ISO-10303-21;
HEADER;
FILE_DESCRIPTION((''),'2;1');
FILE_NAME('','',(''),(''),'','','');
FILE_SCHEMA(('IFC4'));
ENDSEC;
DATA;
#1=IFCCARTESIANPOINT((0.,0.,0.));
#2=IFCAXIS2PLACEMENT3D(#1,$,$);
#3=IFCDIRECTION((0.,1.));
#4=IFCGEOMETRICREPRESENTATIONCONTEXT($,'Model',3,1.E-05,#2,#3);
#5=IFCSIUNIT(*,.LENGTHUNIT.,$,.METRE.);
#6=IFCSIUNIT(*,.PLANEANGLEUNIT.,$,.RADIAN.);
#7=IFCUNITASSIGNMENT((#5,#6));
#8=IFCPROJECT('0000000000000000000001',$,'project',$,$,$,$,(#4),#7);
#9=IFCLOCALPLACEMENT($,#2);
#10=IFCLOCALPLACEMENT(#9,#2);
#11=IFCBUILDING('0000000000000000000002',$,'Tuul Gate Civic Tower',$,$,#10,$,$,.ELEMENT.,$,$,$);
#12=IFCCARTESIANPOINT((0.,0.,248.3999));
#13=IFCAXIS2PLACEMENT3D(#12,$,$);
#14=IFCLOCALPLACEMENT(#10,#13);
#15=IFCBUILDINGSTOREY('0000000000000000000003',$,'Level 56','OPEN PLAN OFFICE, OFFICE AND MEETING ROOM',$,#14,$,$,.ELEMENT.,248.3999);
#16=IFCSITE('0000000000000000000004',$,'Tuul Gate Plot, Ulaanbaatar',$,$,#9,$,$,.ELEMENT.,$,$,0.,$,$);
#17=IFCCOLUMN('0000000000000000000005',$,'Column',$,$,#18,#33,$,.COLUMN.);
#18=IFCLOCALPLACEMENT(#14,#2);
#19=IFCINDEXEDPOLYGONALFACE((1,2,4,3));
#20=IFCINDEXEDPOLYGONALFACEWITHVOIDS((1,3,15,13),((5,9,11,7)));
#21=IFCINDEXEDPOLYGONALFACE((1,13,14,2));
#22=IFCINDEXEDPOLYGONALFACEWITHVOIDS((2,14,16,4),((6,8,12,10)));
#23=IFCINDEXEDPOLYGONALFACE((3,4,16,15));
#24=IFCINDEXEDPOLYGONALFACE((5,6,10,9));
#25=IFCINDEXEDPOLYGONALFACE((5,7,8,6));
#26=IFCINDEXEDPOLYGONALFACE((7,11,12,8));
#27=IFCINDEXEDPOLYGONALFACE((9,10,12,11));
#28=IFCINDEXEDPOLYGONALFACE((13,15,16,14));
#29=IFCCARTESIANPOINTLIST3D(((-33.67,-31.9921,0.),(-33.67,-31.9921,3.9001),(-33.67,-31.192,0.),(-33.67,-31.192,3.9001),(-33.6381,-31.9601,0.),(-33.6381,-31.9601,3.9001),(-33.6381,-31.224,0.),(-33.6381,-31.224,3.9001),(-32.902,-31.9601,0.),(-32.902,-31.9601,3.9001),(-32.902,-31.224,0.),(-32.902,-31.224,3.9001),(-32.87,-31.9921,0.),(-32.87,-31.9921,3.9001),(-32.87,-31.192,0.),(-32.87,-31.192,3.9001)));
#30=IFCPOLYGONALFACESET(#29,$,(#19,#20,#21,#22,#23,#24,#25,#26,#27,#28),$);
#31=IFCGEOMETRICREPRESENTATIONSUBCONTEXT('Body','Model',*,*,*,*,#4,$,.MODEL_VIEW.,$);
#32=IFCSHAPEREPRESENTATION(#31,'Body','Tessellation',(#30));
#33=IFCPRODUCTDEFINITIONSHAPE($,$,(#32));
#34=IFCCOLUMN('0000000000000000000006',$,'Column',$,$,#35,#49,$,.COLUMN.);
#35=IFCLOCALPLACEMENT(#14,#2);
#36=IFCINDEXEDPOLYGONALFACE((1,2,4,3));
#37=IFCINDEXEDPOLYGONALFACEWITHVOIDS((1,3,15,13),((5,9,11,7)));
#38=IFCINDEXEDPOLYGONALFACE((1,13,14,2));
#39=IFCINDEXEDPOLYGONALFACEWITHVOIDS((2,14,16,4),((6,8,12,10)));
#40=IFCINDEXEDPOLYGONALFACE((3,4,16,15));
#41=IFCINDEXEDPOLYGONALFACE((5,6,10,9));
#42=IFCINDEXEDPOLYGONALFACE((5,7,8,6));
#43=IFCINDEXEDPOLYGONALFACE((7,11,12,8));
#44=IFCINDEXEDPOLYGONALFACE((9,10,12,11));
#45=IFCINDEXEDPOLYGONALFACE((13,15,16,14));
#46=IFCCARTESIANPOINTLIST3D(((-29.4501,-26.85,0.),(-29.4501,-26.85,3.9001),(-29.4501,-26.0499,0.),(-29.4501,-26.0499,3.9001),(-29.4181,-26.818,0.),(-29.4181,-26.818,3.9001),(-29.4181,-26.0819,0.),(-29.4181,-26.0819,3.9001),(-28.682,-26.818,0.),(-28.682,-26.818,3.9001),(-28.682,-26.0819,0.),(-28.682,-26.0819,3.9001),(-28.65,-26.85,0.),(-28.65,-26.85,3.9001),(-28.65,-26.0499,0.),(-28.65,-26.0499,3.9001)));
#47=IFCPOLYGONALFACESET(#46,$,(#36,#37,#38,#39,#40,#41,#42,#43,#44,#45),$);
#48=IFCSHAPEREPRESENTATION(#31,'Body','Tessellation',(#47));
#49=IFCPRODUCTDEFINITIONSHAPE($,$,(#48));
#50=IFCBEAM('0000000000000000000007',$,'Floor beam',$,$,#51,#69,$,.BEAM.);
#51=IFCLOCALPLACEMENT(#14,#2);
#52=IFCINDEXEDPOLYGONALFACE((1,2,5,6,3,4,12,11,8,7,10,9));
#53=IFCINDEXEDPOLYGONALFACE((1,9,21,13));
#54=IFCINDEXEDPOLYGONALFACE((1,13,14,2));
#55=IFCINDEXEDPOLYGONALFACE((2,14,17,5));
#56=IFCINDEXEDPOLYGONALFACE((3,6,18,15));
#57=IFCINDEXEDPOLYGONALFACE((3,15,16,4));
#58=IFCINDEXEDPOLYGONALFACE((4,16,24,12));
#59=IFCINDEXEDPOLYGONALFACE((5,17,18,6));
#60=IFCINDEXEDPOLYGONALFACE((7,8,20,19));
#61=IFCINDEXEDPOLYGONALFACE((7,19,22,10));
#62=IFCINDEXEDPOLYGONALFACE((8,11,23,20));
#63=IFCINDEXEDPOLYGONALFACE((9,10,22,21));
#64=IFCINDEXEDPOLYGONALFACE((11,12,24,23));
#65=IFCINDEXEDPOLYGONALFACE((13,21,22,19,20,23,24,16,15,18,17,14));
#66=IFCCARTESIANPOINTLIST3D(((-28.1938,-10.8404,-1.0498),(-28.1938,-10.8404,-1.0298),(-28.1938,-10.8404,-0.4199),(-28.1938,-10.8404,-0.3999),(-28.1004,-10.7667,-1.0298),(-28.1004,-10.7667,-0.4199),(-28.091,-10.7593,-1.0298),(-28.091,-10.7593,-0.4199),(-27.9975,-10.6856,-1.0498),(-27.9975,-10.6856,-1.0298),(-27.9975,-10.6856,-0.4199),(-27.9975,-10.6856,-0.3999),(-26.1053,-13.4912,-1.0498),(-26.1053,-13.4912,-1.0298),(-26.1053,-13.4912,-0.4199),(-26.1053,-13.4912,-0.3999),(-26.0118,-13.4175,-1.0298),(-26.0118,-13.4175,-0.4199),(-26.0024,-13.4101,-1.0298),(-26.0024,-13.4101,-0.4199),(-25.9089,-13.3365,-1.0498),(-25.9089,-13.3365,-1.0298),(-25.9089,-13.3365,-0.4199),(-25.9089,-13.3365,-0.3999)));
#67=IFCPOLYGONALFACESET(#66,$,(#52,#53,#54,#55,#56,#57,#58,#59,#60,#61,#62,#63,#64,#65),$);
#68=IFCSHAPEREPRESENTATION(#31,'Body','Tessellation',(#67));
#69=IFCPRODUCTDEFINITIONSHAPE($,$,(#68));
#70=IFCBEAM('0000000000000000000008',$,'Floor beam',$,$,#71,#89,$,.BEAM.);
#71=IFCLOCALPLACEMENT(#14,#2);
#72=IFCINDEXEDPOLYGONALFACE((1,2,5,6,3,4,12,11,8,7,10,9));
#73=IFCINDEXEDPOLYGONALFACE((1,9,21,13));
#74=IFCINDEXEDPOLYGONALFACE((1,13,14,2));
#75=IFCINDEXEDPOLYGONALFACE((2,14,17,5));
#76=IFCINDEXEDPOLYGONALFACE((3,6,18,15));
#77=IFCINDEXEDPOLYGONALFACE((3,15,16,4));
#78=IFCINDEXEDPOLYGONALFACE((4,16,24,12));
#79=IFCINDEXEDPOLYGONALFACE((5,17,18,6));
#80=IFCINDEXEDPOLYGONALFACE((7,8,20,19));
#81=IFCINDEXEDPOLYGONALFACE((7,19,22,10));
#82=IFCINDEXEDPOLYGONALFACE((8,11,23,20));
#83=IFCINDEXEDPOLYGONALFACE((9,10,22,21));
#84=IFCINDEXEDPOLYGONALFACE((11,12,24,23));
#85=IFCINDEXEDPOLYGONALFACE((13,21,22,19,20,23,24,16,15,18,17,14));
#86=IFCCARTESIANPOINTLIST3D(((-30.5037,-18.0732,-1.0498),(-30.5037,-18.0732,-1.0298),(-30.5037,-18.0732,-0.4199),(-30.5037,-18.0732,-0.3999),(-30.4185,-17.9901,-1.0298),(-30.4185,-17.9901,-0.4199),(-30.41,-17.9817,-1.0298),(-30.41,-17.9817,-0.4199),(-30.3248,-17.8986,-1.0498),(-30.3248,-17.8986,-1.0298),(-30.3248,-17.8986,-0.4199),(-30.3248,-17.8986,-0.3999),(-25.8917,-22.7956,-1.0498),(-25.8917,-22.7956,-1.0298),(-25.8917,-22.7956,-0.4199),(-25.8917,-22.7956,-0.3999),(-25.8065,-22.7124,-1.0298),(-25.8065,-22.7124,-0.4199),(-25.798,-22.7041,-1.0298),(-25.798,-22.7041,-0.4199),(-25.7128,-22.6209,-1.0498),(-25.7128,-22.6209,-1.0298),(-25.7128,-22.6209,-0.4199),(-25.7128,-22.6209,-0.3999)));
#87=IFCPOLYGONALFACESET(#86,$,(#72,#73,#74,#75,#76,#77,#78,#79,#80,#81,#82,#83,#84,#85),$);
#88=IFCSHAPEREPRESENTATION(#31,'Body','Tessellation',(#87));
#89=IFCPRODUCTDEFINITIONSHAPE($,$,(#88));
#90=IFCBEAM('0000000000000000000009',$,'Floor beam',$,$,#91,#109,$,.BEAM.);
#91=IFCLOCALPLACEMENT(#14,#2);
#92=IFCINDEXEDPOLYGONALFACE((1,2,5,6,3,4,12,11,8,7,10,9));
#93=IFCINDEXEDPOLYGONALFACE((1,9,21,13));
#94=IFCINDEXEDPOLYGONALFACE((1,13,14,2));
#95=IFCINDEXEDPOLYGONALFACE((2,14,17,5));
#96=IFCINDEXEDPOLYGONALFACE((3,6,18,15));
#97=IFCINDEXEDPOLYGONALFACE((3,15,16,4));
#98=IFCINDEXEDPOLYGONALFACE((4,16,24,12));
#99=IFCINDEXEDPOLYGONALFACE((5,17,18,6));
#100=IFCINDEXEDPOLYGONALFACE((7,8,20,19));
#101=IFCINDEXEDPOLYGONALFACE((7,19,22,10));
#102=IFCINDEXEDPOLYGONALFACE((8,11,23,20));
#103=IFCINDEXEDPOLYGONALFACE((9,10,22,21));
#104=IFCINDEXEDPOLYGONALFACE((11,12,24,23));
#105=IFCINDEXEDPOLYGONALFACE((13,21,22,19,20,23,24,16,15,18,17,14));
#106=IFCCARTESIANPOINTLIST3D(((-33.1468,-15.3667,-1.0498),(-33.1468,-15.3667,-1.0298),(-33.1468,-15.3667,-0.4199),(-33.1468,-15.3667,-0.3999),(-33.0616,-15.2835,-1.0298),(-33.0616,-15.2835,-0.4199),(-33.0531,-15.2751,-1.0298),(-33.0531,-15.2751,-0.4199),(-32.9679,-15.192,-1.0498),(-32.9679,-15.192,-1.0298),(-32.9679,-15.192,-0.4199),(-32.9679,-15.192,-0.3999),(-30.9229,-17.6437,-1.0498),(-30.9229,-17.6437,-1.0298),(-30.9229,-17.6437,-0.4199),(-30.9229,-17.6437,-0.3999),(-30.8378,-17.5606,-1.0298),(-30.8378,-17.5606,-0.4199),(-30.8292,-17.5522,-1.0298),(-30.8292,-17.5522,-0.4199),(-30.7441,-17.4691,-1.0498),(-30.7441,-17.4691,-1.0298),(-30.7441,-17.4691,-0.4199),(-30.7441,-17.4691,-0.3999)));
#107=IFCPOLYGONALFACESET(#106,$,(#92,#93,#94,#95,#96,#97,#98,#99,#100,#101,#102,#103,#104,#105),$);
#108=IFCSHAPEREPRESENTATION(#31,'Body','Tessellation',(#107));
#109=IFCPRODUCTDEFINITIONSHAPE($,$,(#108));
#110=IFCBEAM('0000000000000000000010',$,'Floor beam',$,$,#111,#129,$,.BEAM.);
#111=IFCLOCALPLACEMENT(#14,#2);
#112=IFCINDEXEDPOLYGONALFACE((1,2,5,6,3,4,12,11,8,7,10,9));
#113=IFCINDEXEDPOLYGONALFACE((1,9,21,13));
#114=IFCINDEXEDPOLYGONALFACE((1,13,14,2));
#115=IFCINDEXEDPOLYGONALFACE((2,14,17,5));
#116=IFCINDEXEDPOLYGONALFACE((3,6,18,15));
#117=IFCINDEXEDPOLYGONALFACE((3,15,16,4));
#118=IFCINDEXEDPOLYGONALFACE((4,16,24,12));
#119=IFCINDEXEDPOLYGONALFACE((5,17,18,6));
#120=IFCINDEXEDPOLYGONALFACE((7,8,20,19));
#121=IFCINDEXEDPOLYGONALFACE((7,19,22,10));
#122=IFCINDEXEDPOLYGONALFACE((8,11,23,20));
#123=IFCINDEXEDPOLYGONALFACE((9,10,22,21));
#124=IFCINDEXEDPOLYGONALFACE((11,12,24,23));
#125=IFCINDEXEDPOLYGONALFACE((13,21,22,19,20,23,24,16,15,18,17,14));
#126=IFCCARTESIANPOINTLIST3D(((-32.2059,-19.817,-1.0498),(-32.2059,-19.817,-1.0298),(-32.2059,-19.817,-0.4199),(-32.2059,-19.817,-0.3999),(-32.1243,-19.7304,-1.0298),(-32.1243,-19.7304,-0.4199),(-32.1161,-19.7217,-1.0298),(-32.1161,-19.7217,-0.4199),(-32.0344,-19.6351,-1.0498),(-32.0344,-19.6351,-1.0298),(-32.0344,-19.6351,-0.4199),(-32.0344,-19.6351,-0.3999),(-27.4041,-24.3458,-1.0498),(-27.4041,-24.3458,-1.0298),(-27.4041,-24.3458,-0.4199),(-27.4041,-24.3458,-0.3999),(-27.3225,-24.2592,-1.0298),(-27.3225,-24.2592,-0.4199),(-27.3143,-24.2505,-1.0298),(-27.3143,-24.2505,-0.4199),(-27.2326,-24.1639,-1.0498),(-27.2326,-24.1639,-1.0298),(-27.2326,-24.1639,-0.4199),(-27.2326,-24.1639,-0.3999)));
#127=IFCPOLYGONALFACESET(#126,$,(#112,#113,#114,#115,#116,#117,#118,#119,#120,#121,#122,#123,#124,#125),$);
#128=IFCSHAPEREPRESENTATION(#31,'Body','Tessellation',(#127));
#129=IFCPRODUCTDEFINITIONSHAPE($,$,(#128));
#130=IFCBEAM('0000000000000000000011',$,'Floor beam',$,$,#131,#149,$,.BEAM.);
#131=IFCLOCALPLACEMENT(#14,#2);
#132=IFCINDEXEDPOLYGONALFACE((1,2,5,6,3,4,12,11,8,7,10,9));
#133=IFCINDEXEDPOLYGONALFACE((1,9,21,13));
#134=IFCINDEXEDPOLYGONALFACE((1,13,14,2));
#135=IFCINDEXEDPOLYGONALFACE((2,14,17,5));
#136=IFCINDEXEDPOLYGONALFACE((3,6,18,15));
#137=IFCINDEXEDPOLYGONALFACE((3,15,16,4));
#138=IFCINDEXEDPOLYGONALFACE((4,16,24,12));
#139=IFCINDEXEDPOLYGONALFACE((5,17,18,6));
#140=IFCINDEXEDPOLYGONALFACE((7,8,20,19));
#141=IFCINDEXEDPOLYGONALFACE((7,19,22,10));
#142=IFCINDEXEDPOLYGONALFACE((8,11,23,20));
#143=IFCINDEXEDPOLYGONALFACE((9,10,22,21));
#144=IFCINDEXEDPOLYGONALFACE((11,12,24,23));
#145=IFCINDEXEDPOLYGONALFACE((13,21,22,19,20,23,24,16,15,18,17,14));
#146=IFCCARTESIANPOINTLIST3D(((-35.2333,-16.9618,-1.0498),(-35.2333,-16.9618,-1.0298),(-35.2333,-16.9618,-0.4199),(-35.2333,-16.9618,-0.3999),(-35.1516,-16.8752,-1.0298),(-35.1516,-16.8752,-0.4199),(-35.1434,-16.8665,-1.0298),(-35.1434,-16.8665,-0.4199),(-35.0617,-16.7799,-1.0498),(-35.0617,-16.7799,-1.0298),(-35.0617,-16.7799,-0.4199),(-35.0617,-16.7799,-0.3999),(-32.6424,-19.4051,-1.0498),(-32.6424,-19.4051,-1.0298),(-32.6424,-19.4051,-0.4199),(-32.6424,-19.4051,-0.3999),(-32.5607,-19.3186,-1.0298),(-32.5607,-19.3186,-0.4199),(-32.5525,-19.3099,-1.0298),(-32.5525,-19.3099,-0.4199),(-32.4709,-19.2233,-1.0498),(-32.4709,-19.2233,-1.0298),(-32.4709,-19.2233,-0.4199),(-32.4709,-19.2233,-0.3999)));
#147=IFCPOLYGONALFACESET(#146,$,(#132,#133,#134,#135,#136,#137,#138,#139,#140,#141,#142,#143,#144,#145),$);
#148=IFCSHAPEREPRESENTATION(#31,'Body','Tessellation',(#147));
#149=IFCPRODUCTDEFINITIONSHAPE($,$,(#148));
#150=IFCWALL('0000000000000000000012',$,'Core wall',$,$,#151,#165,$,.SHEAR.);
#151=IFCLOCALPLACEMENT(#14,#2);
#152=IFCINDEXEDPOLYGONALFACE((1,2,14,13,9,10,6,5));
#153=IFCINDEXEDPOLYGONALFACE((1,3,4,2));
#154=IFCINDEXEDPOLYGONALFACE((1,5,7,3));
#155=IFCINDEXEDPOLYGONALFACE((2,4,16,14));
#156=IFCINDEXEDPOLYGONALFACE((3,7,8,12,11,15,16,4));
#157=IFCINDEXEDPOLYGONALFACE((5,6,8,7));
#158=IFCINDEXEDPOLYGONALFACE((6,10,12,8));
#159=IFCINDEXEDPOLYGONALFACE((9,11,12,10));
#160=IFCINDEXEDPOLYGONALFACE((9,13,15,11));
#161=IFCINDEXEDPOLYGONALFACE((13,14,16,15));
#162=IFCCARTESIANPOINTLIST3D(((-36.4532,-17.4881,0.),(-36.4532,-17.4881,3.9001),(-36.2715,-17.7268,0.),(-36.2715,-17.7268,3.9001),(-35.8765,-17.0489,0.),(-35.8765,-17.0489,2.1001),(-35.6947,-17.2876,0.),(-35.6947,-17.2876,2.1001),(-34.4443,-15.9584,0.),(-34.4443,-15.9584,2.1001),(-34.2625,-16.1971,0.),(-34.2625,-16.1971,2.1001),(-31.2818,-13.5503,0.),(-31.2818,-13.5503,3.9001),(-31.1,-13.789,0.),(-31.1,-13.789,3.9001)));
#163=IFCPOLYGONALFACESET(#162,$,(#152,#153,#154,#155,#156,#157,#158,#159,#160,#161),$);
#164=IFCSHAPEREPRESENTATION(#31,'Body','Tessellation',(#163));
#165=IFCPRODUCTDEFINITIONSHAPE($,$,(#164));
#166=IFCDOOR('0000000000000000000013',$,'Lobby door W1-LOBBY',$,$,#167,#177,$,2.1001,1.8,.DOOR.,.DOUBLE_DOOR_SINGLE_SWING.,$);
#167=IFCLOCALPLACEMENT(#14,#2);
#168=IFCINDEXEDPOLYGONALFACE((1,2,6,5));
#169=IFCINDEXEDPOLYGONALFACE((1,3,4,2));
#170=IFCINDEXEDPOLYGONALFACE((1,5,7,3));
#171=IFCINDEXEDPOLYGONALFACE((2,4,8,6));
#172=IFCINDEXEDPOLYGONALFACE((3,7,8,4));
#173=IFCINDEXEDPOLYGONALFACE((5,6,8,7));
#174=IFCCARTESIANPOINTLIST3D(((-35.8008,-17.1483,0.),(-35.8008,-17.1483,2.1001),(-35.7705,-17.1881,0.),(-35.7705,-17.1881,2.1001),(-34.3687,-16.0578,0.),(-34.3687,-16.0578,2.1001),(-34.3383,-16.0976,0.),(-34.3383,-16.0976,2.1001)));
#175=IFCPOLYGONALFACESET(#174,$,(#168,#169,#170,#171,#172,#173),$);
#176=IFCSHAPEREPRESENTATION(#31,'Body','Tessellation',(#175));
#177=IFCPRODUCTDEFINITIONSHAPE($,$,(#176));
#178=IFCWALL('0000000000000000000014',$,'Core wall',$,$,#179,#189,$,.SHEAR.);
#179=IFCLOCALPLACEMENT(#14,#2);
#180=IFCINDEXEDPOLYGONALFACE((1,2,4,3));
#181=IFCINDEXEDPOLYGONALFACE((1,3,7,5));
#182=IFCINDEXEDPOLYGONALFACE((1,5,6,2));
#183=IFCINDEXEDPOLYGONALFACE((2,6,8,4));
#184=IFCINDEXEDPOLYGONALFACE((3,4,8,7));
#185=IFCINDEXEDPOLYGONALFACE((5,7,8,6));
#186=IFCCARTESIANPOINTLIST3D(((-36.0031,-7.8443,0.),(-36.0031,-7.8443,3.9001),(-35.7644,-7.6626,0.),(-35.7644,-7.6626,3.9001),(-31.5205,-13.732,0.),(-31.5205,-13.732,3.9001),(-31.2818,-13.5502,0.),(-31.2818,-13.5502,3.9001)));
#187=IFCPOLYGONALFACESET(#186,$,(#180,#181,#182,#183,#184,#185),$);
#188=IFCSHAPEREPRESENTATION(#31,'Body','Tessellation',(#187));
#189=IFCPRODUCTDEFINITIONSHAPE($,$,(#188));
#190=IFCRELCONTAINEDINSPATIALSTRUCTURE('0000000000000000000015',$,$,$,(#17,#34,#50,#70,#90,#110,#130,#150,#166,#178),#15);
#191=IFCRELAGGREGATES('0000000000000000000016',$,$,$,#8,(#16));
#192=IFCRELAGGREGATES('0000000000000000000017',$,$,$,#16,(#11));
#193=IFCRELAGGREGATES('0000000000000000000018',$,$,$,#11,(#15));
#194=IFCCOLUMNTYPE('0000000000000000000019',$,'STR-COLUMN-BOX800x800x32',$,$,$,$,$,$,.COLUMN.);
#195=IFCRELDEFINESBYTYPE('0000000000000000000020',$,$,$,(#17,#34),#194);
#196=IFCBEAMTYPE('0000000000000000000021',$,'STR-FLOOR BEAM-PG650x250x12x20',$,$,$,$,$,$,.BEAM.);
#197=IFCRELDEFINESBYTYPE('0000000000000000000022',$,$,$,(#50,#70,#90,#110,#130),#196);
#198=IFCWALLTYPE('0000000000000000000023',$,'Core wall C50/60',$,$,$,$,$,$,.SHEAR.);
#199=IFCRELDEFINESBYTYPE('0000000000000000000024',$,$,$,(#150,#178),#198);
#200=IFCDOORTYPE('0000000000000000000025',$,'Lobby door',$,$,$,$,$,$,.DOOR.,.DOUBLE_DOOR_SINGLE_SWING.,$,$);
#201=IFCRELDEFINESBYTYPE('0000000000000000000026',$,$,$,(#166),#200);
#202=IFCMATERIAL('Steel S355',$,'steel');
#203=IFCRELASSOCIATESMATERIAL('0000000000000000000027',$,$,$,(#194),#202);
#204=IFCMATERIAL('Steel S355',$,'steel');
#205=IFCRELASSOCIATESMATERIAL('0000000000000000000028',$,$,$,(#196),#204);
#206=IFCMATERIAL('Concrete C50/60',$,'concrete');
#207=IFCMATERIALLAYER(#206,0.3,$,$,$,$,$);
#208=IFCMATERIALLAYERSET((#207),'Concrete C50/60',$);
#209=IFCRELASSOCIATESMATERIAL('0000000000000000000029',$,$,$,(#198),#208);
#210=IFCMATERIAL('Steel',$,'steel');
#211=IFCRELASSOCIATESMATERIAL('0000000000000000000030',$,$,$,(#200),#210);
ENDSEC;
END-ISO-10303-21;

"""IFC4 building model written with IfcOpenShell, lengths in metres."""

from ifc_helpers import new_model, si_unit, direction, frame, frame_2d, origin, origin_2d, place, context, subcontext, project, spatial, rectangle, hollow_rectangle, i_section, extrude, material, layer, layer_set, material_profile, profile_set, type_object, element, fill, save


model = new_model("IFC4")

# Units and contexts
model_context = context("Model", 3, precision=1e-05, world=origin(), true_north=direction((0.0, 1.0)))
body_context = subcontext(model_context, "Body", "Model", "MODEL_VIEW")
ifc_project = project(units=[si_unit("LENGTHUNIT", "METRE"), si_unit("PLANEANGLEUNIT", "RADIAN")], contexts=[model_context])

# Site, building, storey
site_placement = place(None, origin())
site = spatial("IfcSite", under=ifc_project, at=site_placement, Name="Tuul Gate Plot, Ulaanbaatar", CompositionType="ELEMENT", RefElevation=0.0)
building_placement = place(site_placement, origin())
building = spatial("IfcBuilding", under=site, at=building_placement, Name="Tuul Gate Civic Tower", CompositionType="ELEMENT")
storey_placement = place(building_placement, frame((0.0, 0.0, 248.3999)))
storey = spatial("IfcBuildingStorey", under=building, at=storey_placement, Name="Level 56", Description="OPEN PLAN OFFICE, OFFICE AND MEETING ROOM", CompositionType="ELEMENT", Elevation=248.3999)

# Columns
ifc_material_1 = material(Name="Steel S355", Category="steel")
ifc_material_profile_1 = material_profile(ifc_material_1, hollow_rectangle(XDim=0.8, YDim=0.8, WallThickness=0.032, at=origin_2d()), Name="BOX800x800x32")
ifc_profile_set_1 = profile_set([ifc_material_profile_1], Name="Steel S355")
column_type = type_object("IfcColumnType", Name="STR-COLUMN-BOX800x800x32", PredefinedType="COLUMN", material=ifc_profile_set_1)
for number, where, z_axis, x_axis, name in (
    (1, (-33.27, -31.592, 0.0), (0.0, 0.0, 1.0), (1.0, 0.0, 0.0), "Column"),
    (2, (-29.05, -26.45, 0.0), (0.0, 0.0, 1.0), (1.0, 0.0, 0.0), "Column"),
):
    element("IfcColumn", number, at=place(storey_placement, frame(where, z_axis=z_axis, x_axis=x_axis)), inside=storey, type_object=column_type, Name=name, PredefinedType="COLUMN", context=body_context, shape_type="SweptSolid", body=[
        extrude(hollow_rectangle(XDim=0.8, YDim=0.8, WallThickness=0.032, at=origin_2d()), origin(), (0.0, 0.0, 1.0), 3.9001),
    ])

# Beams
ifc_material_2 = material(Name="Steel S355", Category="steel")
ifc_material_profile_2 = material_profile(ifc_material_2, i_section(OverallWidth=0.25, OverallDepth=0.6499, WebThickness=0.012, FlangeThickness=0.02, at=origin_2d()), Name="PG650x250x12x20")
ifc_profile_set_2 = profile_set([ifc_material_profile_2], Name="Steel S355")
beam_type = type_object("IfcBeamType", Name="STR-FLOOR BEAM-PG650x250x12x20", PredefinedType="BEAM", material=ifc_profile_set_2)
beam_1_placement = place(storey_placement, frame((-26.0071, -13.4138, -0.7249), z_axis=(-0.618882, 0.785484, 0.0), x_axis=(-0.785484, -0.618882, 0.0)))
element("IfcBeam", 3, at=beam_1_placement, inside=storey, type_object=beam_type, Name="Floor beam", PredefinedType="BEAM", context=body_context, shape_type="SweptSolid", body=[
    extrude(i_section(OverallWidth=0.25, OverallDepth=0.6499, WebThickness=0.012, FlangeThickness=0.02, at=origin_2d()), origin(), (0.0, 0.0, 1.0), 3.3748),
])
beam_2_placement = place(storey_placement, frame((-25.8022, -22.7083, -0.7249), z_axis=(-0.698699, 0.715416, 0.0), x_axis=(-0.715416, -0.698699, 0.0)))
element("IfcBeam", 4, at=beam_2_placement, inside=storey, type_object=beam_type, Name="Floor beam", PredefinedType="BEAM", context=body_context, shape_type="SweptSolid", body=[
    extrude(i_section(OverallWidth=0.25, OverallDepth=0.6499, WebThickness=0.012, FlangeThickness=0.02, at=origin_2d()), origin(), (0.0, 0.0, 1.0), 6.6008),
])
beam_3_placement = place(storey_placement, frame((-30.8335, -17.5564, -0.7249), z_axis=(-0.698697, 0.715418, 0.0), x_axis=(-0.715418, -0.698697, 0.0)))
element("IfcBeam", 5, at=beam_3_placement, inside=storey, type_object=beam_type, Name="Floor beam", PredefinedType="BEAM", context=body_context, shape_type="SweptSolid", body=[
    extrude(i_section(OverallWidth=0.25, OverallDepth=0.6499, WebThickness=0.012, FlangeThickness=0.02, at=origin_2d()), origin(), (0.0, 0.0, 1.0), 3.1829),
])
beam_4_placement = place(storey_placement, frame((-27.3184, -24.2549, -0.7249), z_axis=(-0.727481, 0.686128, 0.0), x_axis=(-0.686128, -0.727481, 0.0)))
element("IfcBeam", 6, at=beam_4_placement, inside=storey, type_object=beam_type, Name="Floor beam", PredefinedType="BEAM", context=body_context, shape_type="SweptSolid", body=[
    extrude(i_section(OverallWidth=0.25, OverallDepth=0.6499, WebThickness=0.012, FlangeThickness=0.02, at=origin_2d()), origin(), (0.0, 0.0, 1.0), 6.6006),
])
beam_5_placement = place(storey_placement, frame((-32.5566, -19.3142, -0.7249), z_axis=(-0.727507, 0.6861, 0.0), x_axis=(-0.6861, -0.727507, 0.0)))
element("IfcBeam", 7, at=beam_5_placement, inside=storey, type_object=beam_type, Name="Floor beam", PredefinedType="BEAM", context=body_context, shape_type="SweptSolid", body=[
    extrude(i_section(OverallWidth=0.25, OverallDepth=0.6499, WebThickness=0.012, FlangeThickness=0.02, at=origin_2d()), origin(), (0.0, 0.0, 1.0), 3.5613),
])

# Wall, opening, door
ifc_material_3 = material(Name="Concrete C50/60", Category="concrete")
ifc_layer_1 = layer(ifc_material_3, 0.3)
ifc_layer_set_1 = layer_set([ifc_layer_1], Name="Concrete C50/60")
wall_type_1 = type_object("IfcWallType", Name="Core wall C50/60", PredefinedType="SHEAR", material=ifc_layer_set_1)
wall_1_placement = place(storey_placement, frame((-31.1909, -13.6697, 0.0), z_axis=(0.0, 0.0, 1.0), x_axis=(-0.795607, -0.605813, 0.0)))
wall_1 = element("IfcWall", 8, at=wall_1_placement, inside=storey, type_object=wall_type_1, Name="Core wall", PredefinedType="SHEAR", context=body_context, shape_type="SweptSolid", body=[
    extrude(rectangle(XDim=6.5, YDim=0.3, at=frame_2d((3.25, 0.0))), origin(), (0.0, 0.0, 1.0), 3.9001),
])
opening_1_placement = place(wall_1_placement, frame((3.9751, 0.0, 0.0)))
opening_1 = element("IfcOpeningElement", 9, at=opening_1_placement, cuts=wall_1, PredefinedType="OPENING", context=body_context, shape_type="SweptSolid", body=[
    extrude(rectangle(XDim=1.8, YDim=2.1001, at=frame_2d((0.8999, 1.05))), frame((0.0, 0.1602, 0.0), z_axis=(0.0, -1.0, 0.0), x_axis=(1.0, 0.0, 0.0)), (0.0, 0.0, 1.0), 0.3201),
])
ifc_material_4 = material(Name="Steel", Category="steel")
door_type_1 = type_object("IfcDoorType", Name="Lobby door", OperationType="DOUBLE_DOOR_SINGLE_SWING", PredefinedType="DOOR", material=ifc_material_4)
door_1_placement = place(opening_1_placement, origin())
door_1 = element("IfcDoor", 10, at=door_1_placement, inside=storey, type_object=door_type_1, Name="Lobby door W1-LOBBY", OperationType="DOUBLE_DOOR_SINGLE_SWING", OverallHeight=2.1001, OverallWidth=1.8, PredefinedType="DOOR", context=body_context, shape_type="SweptSolid", body=[
    extrude(rectangle(XDim=1.8, YDim=2.1001, at=frame_2d((0.8999, 1.05))), frame((0.0, 0.0249, 0.0), z_axis=(0.0, -1.0, 0.0), x_axis=(1.0, 0.0, 0.0)), (0.0, 0.0, 1.0), 0.05),
])
fill(opening_1, door_1)

# Wall
wall_2_placement = place(storey_placement, frame((-31.4011, -13.6411, 0.0), z_axis=(0.0, 0.0, 1.0), x_axis=(-0.60577, 0.79564, 0.0)))
element("IfcWall", 11, at=wall_2_placement, inside=storey, type_object=wall_type_1, Name="Core wall", PredefinedType="SHEAR", context=body_context, shape_type="SweptSolid", body=[
    extrude(rectangle(XDim=7.3999, YDim=0.3, at=frame_2d((3.7, 0.0))), origin(), (0.0, 0.0, 1.0), 3.9001),
])

save(model, "model.ifc")
